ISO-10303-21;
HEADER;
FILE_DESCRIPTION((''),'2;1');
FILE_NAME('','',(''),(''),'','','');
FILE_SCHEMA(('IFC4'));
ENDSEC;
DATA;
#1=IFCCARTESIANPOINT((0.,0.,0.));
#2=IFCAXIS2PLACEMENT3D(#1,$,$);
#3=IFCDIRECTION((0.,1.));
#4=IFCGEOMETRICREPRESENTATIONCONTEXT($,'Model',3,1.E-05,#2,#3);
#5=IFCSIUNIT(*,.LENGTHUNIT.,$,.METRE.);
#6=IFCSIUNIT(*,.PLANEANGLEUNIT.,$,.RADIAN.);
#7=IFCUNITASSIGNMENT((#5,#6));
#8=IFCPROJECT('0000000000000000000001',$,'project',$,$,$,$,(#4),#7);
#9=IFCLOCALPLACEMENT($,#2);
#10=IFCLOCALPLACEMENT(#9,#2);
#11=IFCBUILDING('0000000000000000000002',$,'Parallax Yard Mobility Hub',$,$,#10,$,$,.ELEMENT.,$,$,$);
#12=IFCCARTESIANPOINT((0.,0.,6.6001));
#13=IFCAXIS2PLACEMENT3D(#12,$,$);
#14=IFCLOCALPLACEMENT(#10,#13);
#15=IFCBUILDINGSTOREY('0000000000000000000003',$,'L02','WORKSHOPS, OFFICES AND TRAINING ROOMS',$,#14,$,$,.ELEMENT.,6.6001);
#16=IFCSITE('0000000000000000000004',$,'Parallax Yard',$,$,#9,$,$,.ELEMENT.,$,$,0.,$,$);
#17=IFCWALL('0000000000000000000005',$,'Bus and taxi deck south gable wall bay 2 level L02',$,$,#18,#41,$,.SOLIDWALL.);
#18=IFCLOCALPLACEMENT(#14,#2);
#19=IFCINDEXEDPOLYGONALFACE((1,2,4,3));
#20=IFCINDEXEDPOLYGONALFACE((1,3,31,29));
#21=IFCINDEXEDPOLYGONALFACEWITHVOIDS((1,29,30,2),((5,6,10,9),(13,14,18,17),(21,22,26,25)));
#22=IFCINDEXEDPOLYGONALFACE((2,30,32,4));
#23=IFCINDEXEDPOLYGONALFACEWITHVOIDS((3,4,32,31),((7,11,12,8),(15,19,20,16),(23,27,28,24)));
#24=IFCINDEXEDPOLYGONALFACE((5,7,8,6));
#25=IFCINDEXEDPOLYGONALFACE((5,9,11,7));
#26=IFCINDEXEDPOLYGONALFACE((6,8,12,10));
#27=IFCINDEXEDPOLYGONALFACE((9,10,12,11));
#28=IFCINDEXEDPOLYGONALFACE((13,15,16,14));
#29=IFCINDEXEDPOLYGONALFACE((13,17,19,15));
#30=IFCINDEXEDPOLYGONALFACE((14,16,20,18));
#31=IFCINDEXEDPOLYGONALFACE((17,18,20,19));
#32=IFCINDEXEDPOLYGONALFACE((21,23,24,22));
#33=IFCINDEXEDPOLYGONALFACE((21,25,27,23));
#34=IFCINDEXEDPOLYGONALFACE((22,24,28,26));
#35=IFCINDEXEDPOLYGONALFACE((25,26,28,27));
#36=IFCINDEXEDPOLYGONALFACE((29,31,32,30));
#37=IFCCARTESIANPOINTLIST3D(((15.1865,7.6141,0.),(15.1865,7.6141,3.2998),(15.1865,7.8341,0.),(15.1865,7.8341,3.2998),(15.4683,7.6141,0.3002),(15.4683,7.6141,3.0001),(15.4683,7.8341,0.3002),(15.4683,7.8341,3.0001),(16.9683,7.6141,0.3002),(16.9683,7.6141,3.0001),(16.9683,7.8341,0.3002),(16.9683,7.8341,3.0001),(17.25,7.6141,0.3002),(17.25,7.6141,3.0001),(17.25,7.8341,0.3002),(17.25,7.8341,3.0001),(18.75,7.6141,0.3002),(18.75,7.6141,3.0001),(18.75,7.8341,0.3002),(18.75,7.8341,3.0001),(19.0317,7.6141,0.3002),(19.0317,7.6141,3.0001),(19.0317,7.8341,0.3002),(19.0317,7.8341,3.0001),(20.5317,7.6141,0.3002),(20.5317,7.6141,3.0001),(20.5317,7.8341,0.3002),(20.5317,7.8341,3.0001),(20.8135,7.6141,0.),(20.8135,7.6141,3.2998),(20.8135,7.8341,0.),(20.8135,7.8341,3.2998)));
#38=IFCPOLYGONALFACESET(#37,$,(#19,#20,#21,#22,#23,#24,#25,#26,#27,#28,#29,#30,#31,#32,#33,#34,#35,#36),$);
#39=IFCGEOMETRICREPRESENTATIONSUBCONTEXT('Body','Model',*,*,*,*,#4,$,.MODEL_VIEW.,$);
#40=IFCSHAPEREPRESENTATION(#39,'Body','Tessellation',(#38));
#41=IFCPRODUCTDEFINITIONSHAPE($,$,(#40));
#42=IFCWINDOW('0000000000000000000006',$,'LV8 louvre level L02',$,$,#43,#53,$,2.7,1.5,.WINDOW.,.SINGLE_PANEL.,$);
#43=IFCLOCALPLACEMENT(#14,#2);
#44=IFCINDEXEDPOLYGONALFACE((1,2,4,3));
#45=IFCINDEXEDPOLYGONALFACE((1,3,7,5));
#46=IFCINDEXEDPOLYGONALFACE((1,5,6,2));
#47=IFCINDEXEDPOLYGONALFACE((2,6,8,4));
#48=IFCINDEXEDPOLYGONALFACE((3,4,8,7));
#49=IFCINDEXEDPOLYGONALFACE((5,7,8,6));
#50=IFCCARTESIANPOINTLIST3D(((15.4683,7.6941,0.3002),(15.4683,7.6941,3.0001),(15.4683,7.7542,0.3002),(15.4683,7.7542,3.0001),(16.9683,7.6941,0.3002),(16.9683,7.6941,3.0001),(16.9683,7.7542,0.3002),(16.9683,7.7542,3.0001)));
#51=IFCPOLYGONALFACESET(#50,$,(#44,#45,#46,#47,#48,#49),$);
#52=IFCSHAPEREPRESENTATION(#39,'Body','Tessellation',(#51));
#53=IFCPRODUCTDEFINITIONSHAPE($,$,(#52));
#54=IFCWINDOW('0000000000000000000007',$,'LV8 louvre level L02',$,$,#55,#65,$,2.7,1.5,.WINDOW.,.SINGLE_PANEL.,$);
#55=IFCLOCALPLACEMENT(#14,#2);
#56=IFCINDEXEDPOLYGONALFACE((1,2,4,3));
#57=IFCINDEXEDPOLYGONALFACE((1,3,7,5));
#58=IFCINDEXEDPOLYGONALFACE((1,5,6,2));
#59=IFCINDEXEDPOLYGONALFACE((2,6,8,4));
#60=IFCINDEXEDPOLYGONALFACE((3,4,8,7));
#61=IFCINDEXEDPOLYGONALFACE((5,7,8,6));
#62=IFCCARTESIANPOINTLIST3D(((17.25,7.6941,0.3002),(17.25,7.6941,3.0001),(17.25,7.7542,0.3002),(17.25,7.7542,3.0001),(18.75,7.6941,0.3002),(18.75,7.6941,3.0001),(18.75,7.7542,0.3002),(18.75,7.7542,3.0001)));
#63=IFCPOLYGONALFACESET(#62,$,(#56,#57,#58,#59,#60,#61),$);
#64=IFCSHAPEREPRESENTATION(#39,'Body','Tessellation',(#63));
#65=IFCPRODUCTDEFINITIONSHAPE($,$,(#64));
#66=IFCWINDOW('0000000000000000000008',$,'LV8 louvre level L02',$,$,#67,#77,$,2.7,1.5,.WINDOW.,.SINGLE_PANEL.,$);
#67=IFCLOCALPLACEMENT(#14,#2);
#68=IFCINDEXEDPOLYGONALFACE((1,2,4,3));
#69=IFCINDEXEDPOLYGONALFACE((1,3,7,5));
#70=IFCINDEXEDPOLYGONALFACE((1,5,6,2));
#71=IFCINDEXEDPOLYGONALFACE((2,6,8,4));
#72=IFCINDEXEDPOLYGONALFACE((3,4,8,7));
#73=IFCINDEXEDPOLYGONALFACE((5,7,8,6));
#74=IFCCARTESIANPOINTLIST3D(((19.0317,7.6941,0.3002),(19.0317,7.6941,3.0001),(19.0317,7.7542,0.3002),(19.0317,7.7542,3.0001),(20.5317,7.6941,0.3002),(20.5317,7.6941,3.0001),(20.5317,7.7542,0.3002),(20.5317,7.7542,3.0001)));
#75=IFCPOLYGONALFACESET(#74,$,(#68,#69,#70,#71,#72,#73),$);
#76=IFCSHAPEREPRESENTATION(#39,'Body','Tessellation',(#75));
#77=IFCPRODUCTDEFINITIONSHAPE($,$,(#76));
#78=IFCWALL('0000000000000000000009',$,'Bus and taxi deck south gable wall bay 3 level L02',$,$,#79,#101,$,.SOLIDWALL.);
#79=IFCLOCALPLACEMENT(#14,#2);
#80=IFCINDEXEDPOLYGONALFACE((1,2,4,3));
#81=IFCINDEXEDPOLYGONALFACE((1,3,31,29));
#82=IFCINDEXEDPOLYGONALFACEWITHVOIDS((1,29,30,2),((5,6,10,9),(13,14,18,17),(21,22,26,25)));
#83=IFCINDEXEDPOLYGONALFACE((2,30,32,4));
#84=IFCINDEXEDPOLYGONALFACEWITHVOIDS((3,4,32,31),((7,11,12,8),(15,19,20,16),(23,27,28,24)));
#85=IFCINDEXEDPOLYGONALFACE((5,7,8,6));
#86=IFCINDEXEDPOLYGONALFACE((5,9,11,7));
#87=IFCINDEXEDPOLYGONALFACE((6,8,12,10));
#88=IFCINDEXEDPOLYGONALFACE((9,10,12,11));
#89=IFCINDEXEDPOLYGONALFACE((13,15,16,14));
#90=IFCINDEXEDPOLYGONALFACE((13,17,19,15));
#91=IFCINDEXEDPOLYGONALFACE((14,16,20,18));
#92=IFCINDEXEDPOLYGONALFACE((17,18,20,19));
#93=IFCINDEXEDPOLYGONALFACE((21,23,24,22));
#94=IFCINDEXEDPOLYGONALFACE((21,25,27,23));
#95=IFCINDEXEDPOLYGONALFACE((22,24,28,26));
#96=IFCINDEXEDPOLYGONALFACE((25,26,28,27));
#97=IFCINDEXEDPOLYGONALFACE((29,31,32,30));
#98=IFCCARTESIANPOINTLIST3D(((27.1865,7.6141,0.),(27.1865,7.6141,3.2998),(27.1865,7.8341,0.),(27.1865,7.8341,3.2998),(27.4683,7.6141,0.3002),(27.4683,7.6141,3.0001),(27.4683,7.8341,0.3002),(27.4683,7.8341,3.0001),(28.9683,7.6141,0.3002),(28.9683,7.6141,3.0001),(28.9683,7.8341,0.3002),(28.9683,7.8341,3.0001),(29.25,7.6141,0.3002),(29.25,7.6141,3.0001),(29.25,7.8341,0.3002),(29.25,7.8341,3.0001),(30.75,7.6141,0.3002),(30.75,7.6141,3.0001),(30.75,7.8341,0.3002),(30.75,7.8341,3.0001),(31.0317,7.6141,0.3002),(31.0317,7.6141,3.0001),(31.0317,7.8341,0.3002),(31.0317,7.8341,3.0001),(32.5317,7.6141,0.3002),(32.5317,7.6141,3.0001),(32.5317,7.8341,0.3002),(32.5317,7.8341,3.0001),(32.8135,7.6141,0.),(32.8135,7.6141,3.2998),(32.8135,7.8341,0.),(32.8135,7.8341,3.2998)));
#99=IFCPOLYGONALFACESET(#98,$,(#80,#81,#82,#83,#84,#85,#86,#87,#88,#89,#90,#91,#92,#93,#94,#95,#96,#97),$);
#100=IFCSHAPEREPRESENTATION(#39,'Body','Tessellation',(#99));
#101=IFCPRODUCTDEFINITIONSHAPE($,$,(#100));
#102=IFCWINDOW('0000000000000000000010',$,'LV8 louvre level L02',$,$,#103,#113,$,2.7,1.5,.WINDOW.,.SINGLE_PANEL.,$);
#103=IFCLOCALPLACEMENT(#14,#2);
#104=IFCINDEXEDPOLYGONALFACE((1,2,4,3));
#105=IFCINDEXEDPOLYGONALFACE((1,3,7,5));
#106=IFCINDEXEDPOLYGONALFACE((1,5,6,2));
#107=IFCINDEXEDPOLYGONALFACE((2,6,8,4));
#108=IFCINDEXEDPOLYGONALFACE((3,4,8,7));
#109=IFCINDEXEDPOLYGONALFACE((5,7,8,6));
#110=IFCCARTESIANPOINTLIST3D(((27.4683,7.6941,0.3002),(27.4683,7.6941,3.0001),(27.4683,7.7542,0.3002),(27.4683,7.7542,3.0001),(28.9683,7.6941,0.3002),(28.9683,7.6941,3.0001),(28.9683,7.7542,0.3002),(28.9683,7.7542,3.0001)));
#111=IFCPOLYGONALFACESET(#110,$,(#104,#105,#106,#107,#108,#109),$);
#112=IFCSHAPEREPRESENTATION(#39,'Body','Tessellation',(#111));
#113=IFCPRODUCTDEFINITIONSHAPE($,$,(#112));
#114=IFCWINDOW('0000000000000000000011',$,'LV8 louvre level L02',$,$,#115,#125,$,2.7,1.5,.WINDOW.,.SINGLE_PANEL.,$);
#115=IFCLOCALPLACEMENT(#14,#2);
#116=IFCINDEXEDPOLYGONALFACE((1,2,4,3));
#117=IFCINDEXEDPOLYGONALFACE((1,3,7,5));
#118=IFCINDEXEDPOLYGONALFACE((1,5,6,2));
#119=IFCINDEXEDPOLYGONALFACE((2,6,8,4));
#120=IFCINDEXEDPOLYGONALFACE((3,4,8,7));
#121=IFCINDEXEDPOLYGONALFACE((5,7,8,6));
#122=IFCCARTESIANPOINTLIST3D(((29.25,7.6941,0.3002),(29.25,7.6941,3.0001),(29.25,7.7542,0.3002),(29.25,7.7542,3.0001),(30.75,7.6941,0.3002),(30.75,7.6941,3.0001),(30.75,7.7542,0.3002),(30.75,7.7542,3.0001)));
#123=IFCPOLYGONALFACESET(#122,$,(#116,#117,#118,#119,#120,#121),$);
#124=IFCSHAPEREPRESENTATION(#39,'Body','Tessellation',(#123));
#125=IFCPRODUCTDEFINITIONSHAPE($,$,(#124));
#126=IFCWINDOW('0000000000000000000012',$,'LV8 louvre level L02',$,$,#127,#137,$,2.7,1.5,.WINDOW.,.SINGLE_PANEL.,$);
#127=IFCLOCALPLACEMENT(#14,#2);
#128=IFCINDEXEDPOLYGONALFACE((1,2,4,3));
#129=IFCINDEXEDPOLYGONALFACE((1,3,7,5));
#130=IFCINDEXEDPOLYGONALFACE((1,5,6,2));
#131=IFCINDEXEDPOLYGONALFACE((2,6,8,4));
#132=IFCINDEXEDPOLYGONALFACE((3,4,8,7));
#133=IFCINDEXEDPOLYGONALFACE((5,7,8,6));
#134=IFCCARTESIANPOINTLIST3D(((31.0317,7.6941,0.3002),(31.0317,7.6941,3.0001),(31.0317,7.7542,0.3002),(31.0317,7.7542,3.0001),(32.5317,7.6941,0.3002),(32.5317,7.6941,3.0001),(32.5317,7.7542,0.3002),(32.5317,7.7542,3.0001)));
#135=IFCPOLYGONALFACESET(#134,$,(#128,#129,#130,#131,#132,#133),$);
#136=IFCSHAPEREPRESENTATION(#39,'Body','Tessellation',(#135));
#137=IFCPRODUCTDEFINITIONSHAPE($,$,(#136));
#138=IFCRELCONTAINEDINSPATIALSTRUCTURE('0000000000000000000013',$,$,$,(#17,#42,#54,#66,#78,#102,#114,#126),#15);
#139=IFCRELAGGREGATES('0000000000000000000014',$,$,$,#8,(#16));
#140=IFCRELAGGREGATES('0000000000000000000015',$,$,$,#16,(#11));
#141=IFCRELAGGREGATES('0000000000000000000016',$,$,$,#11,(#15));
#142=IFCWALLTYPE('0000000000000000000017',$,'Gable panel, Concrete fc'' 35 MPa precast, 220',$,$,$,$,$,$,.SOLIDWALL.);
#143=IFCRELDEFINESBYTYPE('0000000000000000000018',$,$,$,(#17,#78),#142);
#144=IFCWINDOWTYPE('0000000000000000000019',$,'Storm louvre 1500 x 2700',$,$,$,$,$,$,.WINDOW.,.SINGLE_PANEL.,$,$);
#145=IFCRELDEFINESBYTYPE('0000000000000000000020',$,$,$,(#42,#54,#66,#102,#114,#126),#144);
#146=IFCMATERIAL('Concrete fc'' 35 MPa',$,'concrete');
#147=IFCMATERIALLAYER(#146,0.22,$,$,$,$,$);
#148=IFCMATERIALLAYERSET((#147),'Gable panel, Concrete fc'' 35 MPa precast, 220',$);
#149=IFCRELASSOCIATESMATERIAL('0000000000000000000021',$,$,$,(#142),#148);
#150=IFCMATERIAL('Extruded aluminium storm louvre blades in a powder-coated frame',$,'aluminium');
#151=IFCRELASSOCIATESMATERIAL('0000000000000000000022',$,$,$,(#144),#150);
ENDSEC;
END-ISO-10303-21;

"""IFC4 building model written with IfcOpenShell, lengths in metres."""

from ifc_helpers import new_model, si_unit, direction, frame, frame_2d, origin, place, context, subcontext, project, spatial, rectangle, extrude, material, layer, layer_set, type_object, element, fill, save


model = new_model("IFC4")

# Units and contexts
model_context = context("Model", 3, precision=1e-05, world=origin(), true_north=direction((0.0, 1.0)))
body_context = subcontext(model_context, "Body", "Model", "MODEL_VIEW")
ifc_project = project(units=[si_unit("LENGTHUNIT", "METRE"), si_unit("PLANEANGLEUNIT", "RADIAN")], contexts=[model_context])

# Site, building, storey
site_placement = place(None, origin())
site = spatial("IfcSite", under=ifc_project, at=site_placement, Name="Parallax Yard", CompositionType="ELEMENT", RefElevation=0.0)
building_placement = place(site_placement, origin())
building = spatial("IfcBuilding", under=site, at=building_placement, Name="Parallax Yard Mobility Hub", CompositionType="ELEMENT")
storey_placement = place(building_placement, frame((0.0, 0.0, 6.6001)))
storey = spatial("IfcBuildingStorey", under=building, at=storey_placement, Name="L02", Description="WORKSHOPS, OFFICES AND TRAINING ROOMS", CompositionType="ELEMENT", Elevation=6.6001)

# Walls, openings, windows
ifc_material_1 = material(Name="Concrete fc' 35 MPa", Category="concrete")
ifc_layer = layer(ifc_material_1, 0.22)
ifc_layer_set = layer_set([ifc_layer], Name="Gable panel, Concrete fc' 35 MPa precast, 220")
wall_type = type_object("IfcWallType", Name="Gable panel, Concrete fc' 35 MPa precast, 220", PredefinedType="SOLIDWALL", material=ifc_layer_set)
wall_1_placement = place(storey_placement, frame((15.1865, 7.7241, 0.0), z_axis=(0.0, 0.0, 1.0), x_axis=(1.0, 0.0, 0.0)))
wall_1 = element("IfcWall", 1, at=wall_1_placement, inside=storey, type_object=wall_type, Name="Bus and taxi deck south gable wall bay 2 level L02", PredefinedType="SOLIDWALL", context=body_context, shape_type="SweptSolid", body=[
    extrude(rectangle(XDim=5.627, YDim=0.22, at=frame_2d((2.8135, 0.0))), origin(), (0.0, 0.0, 1.0), 3.2998),
])
opening_1_placement = place(wall_1_placement, frame((0.2817, 0.0, 0.3)))
opening_1 = element("IfcOpeningElement", 2, at=opening_1_placement, cuts=wall_1, PredefinedType="OPENING", context=body_context, shape_type="SweptSolid", body=[
    extrude(rectangle(XDim=1.5, YDim=2.7, at=frame_2d((0.75, 1.3501))), frame((0.0, 0.1201, 0.0), z_axis=(0.0, -1.0, 0.0), x_axis=(1.0, 0.0, 0.0)), (0.0, 0.0, 1.0), 0.24),
])
opening_2_placement = place(wall_1_placement, frame((2.0635, 0.0, 0.3)))
opening_2 = element("IfcOpeningElement", 3, at=opening_2_placement, cuts=wall_1, PredefinedType="OPENING", context=body_context, shape_type="SweptSolid", body=[
    extrude(rectangle(XDim=1.5, YDim=2.7, at=frame_2d((0.75, 1.3501))), frame((0.0, 0.1201, 0.0), z_axis=(0.0, -1.0, 0.0), x_axis=(1.0, 0.0, 0.0)), (0.0, 0.0, 1.0), 0.24),
])
opening_3_placement = place(wall_1_placement, frame((3.8452, 0.0, 0.3)))
opening_3 = element("IfcOpeningElement", 4, at=opening_3_placement, cuts=wall_1, PredefinedType="OPENING", context=body_context, shape_type="SweptSolid", body=[
    extrude(rectangle(XDim=1.5, YDim=2.7, at=frame_2d((0.75, 1.3501))), frame((0.0, 0.1201, 0.0), z_axis=(0.0, -1.0, 0.0), x_axis=(1.0, 0.0, 0.0)), (0.0, 0.0, 1.0), 0.24),
])
ifc_material_2 = material(Name="Extruded aluminium storm louvre blades in a powder-coated frame", Category="aluminium")
window_type = type_object("IfcWindowType", Name="Storm louvre 1500 x 2700", PartitioningType="SINGLE_PANEL", PredefinedType="WINDOW", material=ifc_material_2)
window_1_placement = place(opening_1_placement, origin())
window_1 = element("IfcWindow", 5, at=window_1_placement, inside=storey, type_object=window_type, Name="LV8 louvre level L02", OverallHeight=2.7, OverallWidth=1.5, PartitioningType="SINGLE_PANEL", PredefinedType="WINDOW", context=body_context, shape_type="SweptSolid", body=[
    extrude(rectangle(XDim=1.5, YDim=2.7, at=frame_2d((0.75, 1.3501))), frame((0.0, 0.03, 0.0), z_axis=(0.0, -1.0, 0.0), x_axis=(1.0, 0.0, 0.0)), (0.0, 0.0, 1.0), 0.0601),
])
fill(opening_1, window_1)
window_2_placement = place(opening_2_placement, origin())
window_2 = element("IfcWindow", 6, at=window_2_placement, inside=storey, type_object=window_type, Name="LV8 louvre level L02", OverallHeight=2.7, OverallWidth=1.5, PartitioningType="SINGLE_PANEL", PredefinedType="WINDOW", context=body_context, shape_type="SweptSolid", body=[
    extrude(rectangle(XDim=1.5, YDim=2.7, at=frame_2d((0.75, 1.3501))), frame((0.0, 0.03, 0.0), z_axis=(0.0, -1.0, 0.0), x_axis=(1.0, 0.0, 0.0)), (0.0, 0.0, 1.0), 0.0601),
])
fill(opening_2, window_2)
window_3_placement = place(opening_3_placement, origin())
window_3 = element("IfcWindow", 7, at=window_3_placement, inside=storey, type_object=window_type, Name="LV8 louvre level L02", OverallHeight=2.7, OverallWidth=1.5, PartitioningType="SINGLE_PANEL", PredefinedType="WINDOW", context=body_context, shape_type="SweptSolid", body=[
    extrude(rectangle(XDim=1.5, YDim=2.7, at=frame_2d((0.75, 1.3501))), frame((0.0, 0.03, 0.0), z_axis=(0.0, -1.0, 0.0), x_axis=(1.0, 0.0, 0.0)), (0.0, 0.0, 1.0), 0.0601),
])
fill(opening_3, window_3)
wall_2_placement = place(storey_placement, frame((27.1865, 7.7241, 0.0), z_axis=(0.0, 0.0, 1.0), x_axis=(1.0, 0.0, 0.0)))
wall_2 = element("IfcWall", 8, at=wall_2_placement, inside=storey, type_object=wall_type, Name="Bus and taxi deck south gable wall bay 3 level L02", PredefinedType="SOLIDWALL", context=body_context, shape_type="SweptSolid", body=[
    extrude(rectangle(XDim=5.627, YDim=0.22, at=frame_2d((2.8135, 0.0))), origin(), (0.0, 0.0, 1.0), 3.2998),
])
opening_4_placement = place(wall_2_placement, frame((0.2817, 0.0, 0.3)))
opening_4 = element("IfcOpeningElement", 9, at=opening_4_placement, cuts=wall_2, PredefinedType="OPENING", context=body_context, shape_type="SweptSolid", body=[
    extrude(rectangle(XDim=1.5, YDim=2.7, at=frame_2d((0.75, 1.3501))), frame((0.0, 0.1201, 0.0), z_axis=(0.0, -1.0, 0.0), x_axis=(1.0, 0.0, 0.0)), (0.0, 0.0, 1.0), 0.24),
])
opening_5_placement = place(wall_2_placement, frame((2.0635, 0.0, 0.3)))
opening_5 = element("IfcOpeningElement", 10, at=opening_5_placement, cuts=wall_2, PredefinedType="OPENING", context=body_context, shape_type="SweptSolid", body=[
    extrude(rectangle(XDim=1.5, YDim=2.7, at=frame_2d((0.75, 1.3501))), frame((0.0, 0.1201, 0.0), z_axis=(0.0, -1.0, 0.0), x_axis=(1.0, 0.0, 0.0)), (0.0, 0.0, 1.0), 0.24),
])
opening_6_placement = place(wall_2_placement, frame((3.8452, 0.0, 0.3)))
opening_6 = element("IfcOpeningElement", 11, at=opening_6_placement, cuts=wall_2, PredefinedType="OPENING", context=body_context, shape_type="SweptSolid", body=[
    extrude(rectangle(XDim=1.5, YDim=2.7, at=frame_2d((0.75, 1.3501))), frame((0.0, 0.1201, 0.0), z_axis=(0.0, -1.0, 0.0), x_axis=(1.0, 0.0, 0.0)), (0.0, 0.0, 1.0), 0.24),
])
window_4_placement = place(opening_4_placement, origin())
window_4 = element("IfcWindow", 12, at=window_4_placement, inside=storey, type_object=window_type, Name="LV8 louvre level L02", OverallHeight=2.7, OverallWidth=1.5, PartitioningType="SINGLE_PANEL", PredefinedType="WINDOW", context=body_context, shape_type="SweptSolid", body=[
    extrude(rectangle(XDim=1.5, YDim=2.7, at=frame_2d((0.75, 1.3501))), frame((0.0, 0.03, 0.0), z_axis=(0.0, -1.0, 0.0), x_axis=(1.0, 0.0, 0.0)), (0.0, 0.0, 1.0), 0.0601),
])
fill(opening_4, window_4)
window_5_placement = place(opening_5_placement, origin())
window_5 = element("IfcWindow", 13, at=window_5_placement, inside=storey, type_object=window_type, Name="LV8 louvre level L02", OverallHeight=2.7, OverallWidth=1.5, PartitioningType="SINGLE_PANEL", PredefinedType="WINDOW", context=body_context, shape_type="SweptSolid", body=[
    extrude(rectangle(XDim=1.5, YDim=2.7, at=frame_2d((0.75, 1.3501))), frame((0.0, 0.03, 0.0), z_axis=(0.0, -1.0, 0.0), x_axis=(1.0, 0.0, 0.0)), (0.0, 0.0, 1.0), 0.0601),
])
fill(opening_5, window_5)
window_6_placement = place(opening_6_placement, origin())
window_6 = element("IfcWindow", 14, at=window_6_placement, inside=storey, type_object=window_type, Name="LV8 louvre level L02", OverallHeight=2.7, OverallWidth=1.5, PartitioningType="SINGLE_PANEL", PredefinedType="WINDOW", context=body_context, shape_type="SweptSolid", body=[
    extrude(rectangle(XDim=1.5, YDim=2.7, at=frame_2d((0.75, 1.3501))), frame((0.0, 0.03, 0.0), z_axis=(0.0, -1.0, 0.0), x_axis=(1.0, 0.0, 0.0)), (0.0, 0.0, 1.0), 0.0601),
])
fill(opening_6, window_6)

save(model, "model.ifc")
